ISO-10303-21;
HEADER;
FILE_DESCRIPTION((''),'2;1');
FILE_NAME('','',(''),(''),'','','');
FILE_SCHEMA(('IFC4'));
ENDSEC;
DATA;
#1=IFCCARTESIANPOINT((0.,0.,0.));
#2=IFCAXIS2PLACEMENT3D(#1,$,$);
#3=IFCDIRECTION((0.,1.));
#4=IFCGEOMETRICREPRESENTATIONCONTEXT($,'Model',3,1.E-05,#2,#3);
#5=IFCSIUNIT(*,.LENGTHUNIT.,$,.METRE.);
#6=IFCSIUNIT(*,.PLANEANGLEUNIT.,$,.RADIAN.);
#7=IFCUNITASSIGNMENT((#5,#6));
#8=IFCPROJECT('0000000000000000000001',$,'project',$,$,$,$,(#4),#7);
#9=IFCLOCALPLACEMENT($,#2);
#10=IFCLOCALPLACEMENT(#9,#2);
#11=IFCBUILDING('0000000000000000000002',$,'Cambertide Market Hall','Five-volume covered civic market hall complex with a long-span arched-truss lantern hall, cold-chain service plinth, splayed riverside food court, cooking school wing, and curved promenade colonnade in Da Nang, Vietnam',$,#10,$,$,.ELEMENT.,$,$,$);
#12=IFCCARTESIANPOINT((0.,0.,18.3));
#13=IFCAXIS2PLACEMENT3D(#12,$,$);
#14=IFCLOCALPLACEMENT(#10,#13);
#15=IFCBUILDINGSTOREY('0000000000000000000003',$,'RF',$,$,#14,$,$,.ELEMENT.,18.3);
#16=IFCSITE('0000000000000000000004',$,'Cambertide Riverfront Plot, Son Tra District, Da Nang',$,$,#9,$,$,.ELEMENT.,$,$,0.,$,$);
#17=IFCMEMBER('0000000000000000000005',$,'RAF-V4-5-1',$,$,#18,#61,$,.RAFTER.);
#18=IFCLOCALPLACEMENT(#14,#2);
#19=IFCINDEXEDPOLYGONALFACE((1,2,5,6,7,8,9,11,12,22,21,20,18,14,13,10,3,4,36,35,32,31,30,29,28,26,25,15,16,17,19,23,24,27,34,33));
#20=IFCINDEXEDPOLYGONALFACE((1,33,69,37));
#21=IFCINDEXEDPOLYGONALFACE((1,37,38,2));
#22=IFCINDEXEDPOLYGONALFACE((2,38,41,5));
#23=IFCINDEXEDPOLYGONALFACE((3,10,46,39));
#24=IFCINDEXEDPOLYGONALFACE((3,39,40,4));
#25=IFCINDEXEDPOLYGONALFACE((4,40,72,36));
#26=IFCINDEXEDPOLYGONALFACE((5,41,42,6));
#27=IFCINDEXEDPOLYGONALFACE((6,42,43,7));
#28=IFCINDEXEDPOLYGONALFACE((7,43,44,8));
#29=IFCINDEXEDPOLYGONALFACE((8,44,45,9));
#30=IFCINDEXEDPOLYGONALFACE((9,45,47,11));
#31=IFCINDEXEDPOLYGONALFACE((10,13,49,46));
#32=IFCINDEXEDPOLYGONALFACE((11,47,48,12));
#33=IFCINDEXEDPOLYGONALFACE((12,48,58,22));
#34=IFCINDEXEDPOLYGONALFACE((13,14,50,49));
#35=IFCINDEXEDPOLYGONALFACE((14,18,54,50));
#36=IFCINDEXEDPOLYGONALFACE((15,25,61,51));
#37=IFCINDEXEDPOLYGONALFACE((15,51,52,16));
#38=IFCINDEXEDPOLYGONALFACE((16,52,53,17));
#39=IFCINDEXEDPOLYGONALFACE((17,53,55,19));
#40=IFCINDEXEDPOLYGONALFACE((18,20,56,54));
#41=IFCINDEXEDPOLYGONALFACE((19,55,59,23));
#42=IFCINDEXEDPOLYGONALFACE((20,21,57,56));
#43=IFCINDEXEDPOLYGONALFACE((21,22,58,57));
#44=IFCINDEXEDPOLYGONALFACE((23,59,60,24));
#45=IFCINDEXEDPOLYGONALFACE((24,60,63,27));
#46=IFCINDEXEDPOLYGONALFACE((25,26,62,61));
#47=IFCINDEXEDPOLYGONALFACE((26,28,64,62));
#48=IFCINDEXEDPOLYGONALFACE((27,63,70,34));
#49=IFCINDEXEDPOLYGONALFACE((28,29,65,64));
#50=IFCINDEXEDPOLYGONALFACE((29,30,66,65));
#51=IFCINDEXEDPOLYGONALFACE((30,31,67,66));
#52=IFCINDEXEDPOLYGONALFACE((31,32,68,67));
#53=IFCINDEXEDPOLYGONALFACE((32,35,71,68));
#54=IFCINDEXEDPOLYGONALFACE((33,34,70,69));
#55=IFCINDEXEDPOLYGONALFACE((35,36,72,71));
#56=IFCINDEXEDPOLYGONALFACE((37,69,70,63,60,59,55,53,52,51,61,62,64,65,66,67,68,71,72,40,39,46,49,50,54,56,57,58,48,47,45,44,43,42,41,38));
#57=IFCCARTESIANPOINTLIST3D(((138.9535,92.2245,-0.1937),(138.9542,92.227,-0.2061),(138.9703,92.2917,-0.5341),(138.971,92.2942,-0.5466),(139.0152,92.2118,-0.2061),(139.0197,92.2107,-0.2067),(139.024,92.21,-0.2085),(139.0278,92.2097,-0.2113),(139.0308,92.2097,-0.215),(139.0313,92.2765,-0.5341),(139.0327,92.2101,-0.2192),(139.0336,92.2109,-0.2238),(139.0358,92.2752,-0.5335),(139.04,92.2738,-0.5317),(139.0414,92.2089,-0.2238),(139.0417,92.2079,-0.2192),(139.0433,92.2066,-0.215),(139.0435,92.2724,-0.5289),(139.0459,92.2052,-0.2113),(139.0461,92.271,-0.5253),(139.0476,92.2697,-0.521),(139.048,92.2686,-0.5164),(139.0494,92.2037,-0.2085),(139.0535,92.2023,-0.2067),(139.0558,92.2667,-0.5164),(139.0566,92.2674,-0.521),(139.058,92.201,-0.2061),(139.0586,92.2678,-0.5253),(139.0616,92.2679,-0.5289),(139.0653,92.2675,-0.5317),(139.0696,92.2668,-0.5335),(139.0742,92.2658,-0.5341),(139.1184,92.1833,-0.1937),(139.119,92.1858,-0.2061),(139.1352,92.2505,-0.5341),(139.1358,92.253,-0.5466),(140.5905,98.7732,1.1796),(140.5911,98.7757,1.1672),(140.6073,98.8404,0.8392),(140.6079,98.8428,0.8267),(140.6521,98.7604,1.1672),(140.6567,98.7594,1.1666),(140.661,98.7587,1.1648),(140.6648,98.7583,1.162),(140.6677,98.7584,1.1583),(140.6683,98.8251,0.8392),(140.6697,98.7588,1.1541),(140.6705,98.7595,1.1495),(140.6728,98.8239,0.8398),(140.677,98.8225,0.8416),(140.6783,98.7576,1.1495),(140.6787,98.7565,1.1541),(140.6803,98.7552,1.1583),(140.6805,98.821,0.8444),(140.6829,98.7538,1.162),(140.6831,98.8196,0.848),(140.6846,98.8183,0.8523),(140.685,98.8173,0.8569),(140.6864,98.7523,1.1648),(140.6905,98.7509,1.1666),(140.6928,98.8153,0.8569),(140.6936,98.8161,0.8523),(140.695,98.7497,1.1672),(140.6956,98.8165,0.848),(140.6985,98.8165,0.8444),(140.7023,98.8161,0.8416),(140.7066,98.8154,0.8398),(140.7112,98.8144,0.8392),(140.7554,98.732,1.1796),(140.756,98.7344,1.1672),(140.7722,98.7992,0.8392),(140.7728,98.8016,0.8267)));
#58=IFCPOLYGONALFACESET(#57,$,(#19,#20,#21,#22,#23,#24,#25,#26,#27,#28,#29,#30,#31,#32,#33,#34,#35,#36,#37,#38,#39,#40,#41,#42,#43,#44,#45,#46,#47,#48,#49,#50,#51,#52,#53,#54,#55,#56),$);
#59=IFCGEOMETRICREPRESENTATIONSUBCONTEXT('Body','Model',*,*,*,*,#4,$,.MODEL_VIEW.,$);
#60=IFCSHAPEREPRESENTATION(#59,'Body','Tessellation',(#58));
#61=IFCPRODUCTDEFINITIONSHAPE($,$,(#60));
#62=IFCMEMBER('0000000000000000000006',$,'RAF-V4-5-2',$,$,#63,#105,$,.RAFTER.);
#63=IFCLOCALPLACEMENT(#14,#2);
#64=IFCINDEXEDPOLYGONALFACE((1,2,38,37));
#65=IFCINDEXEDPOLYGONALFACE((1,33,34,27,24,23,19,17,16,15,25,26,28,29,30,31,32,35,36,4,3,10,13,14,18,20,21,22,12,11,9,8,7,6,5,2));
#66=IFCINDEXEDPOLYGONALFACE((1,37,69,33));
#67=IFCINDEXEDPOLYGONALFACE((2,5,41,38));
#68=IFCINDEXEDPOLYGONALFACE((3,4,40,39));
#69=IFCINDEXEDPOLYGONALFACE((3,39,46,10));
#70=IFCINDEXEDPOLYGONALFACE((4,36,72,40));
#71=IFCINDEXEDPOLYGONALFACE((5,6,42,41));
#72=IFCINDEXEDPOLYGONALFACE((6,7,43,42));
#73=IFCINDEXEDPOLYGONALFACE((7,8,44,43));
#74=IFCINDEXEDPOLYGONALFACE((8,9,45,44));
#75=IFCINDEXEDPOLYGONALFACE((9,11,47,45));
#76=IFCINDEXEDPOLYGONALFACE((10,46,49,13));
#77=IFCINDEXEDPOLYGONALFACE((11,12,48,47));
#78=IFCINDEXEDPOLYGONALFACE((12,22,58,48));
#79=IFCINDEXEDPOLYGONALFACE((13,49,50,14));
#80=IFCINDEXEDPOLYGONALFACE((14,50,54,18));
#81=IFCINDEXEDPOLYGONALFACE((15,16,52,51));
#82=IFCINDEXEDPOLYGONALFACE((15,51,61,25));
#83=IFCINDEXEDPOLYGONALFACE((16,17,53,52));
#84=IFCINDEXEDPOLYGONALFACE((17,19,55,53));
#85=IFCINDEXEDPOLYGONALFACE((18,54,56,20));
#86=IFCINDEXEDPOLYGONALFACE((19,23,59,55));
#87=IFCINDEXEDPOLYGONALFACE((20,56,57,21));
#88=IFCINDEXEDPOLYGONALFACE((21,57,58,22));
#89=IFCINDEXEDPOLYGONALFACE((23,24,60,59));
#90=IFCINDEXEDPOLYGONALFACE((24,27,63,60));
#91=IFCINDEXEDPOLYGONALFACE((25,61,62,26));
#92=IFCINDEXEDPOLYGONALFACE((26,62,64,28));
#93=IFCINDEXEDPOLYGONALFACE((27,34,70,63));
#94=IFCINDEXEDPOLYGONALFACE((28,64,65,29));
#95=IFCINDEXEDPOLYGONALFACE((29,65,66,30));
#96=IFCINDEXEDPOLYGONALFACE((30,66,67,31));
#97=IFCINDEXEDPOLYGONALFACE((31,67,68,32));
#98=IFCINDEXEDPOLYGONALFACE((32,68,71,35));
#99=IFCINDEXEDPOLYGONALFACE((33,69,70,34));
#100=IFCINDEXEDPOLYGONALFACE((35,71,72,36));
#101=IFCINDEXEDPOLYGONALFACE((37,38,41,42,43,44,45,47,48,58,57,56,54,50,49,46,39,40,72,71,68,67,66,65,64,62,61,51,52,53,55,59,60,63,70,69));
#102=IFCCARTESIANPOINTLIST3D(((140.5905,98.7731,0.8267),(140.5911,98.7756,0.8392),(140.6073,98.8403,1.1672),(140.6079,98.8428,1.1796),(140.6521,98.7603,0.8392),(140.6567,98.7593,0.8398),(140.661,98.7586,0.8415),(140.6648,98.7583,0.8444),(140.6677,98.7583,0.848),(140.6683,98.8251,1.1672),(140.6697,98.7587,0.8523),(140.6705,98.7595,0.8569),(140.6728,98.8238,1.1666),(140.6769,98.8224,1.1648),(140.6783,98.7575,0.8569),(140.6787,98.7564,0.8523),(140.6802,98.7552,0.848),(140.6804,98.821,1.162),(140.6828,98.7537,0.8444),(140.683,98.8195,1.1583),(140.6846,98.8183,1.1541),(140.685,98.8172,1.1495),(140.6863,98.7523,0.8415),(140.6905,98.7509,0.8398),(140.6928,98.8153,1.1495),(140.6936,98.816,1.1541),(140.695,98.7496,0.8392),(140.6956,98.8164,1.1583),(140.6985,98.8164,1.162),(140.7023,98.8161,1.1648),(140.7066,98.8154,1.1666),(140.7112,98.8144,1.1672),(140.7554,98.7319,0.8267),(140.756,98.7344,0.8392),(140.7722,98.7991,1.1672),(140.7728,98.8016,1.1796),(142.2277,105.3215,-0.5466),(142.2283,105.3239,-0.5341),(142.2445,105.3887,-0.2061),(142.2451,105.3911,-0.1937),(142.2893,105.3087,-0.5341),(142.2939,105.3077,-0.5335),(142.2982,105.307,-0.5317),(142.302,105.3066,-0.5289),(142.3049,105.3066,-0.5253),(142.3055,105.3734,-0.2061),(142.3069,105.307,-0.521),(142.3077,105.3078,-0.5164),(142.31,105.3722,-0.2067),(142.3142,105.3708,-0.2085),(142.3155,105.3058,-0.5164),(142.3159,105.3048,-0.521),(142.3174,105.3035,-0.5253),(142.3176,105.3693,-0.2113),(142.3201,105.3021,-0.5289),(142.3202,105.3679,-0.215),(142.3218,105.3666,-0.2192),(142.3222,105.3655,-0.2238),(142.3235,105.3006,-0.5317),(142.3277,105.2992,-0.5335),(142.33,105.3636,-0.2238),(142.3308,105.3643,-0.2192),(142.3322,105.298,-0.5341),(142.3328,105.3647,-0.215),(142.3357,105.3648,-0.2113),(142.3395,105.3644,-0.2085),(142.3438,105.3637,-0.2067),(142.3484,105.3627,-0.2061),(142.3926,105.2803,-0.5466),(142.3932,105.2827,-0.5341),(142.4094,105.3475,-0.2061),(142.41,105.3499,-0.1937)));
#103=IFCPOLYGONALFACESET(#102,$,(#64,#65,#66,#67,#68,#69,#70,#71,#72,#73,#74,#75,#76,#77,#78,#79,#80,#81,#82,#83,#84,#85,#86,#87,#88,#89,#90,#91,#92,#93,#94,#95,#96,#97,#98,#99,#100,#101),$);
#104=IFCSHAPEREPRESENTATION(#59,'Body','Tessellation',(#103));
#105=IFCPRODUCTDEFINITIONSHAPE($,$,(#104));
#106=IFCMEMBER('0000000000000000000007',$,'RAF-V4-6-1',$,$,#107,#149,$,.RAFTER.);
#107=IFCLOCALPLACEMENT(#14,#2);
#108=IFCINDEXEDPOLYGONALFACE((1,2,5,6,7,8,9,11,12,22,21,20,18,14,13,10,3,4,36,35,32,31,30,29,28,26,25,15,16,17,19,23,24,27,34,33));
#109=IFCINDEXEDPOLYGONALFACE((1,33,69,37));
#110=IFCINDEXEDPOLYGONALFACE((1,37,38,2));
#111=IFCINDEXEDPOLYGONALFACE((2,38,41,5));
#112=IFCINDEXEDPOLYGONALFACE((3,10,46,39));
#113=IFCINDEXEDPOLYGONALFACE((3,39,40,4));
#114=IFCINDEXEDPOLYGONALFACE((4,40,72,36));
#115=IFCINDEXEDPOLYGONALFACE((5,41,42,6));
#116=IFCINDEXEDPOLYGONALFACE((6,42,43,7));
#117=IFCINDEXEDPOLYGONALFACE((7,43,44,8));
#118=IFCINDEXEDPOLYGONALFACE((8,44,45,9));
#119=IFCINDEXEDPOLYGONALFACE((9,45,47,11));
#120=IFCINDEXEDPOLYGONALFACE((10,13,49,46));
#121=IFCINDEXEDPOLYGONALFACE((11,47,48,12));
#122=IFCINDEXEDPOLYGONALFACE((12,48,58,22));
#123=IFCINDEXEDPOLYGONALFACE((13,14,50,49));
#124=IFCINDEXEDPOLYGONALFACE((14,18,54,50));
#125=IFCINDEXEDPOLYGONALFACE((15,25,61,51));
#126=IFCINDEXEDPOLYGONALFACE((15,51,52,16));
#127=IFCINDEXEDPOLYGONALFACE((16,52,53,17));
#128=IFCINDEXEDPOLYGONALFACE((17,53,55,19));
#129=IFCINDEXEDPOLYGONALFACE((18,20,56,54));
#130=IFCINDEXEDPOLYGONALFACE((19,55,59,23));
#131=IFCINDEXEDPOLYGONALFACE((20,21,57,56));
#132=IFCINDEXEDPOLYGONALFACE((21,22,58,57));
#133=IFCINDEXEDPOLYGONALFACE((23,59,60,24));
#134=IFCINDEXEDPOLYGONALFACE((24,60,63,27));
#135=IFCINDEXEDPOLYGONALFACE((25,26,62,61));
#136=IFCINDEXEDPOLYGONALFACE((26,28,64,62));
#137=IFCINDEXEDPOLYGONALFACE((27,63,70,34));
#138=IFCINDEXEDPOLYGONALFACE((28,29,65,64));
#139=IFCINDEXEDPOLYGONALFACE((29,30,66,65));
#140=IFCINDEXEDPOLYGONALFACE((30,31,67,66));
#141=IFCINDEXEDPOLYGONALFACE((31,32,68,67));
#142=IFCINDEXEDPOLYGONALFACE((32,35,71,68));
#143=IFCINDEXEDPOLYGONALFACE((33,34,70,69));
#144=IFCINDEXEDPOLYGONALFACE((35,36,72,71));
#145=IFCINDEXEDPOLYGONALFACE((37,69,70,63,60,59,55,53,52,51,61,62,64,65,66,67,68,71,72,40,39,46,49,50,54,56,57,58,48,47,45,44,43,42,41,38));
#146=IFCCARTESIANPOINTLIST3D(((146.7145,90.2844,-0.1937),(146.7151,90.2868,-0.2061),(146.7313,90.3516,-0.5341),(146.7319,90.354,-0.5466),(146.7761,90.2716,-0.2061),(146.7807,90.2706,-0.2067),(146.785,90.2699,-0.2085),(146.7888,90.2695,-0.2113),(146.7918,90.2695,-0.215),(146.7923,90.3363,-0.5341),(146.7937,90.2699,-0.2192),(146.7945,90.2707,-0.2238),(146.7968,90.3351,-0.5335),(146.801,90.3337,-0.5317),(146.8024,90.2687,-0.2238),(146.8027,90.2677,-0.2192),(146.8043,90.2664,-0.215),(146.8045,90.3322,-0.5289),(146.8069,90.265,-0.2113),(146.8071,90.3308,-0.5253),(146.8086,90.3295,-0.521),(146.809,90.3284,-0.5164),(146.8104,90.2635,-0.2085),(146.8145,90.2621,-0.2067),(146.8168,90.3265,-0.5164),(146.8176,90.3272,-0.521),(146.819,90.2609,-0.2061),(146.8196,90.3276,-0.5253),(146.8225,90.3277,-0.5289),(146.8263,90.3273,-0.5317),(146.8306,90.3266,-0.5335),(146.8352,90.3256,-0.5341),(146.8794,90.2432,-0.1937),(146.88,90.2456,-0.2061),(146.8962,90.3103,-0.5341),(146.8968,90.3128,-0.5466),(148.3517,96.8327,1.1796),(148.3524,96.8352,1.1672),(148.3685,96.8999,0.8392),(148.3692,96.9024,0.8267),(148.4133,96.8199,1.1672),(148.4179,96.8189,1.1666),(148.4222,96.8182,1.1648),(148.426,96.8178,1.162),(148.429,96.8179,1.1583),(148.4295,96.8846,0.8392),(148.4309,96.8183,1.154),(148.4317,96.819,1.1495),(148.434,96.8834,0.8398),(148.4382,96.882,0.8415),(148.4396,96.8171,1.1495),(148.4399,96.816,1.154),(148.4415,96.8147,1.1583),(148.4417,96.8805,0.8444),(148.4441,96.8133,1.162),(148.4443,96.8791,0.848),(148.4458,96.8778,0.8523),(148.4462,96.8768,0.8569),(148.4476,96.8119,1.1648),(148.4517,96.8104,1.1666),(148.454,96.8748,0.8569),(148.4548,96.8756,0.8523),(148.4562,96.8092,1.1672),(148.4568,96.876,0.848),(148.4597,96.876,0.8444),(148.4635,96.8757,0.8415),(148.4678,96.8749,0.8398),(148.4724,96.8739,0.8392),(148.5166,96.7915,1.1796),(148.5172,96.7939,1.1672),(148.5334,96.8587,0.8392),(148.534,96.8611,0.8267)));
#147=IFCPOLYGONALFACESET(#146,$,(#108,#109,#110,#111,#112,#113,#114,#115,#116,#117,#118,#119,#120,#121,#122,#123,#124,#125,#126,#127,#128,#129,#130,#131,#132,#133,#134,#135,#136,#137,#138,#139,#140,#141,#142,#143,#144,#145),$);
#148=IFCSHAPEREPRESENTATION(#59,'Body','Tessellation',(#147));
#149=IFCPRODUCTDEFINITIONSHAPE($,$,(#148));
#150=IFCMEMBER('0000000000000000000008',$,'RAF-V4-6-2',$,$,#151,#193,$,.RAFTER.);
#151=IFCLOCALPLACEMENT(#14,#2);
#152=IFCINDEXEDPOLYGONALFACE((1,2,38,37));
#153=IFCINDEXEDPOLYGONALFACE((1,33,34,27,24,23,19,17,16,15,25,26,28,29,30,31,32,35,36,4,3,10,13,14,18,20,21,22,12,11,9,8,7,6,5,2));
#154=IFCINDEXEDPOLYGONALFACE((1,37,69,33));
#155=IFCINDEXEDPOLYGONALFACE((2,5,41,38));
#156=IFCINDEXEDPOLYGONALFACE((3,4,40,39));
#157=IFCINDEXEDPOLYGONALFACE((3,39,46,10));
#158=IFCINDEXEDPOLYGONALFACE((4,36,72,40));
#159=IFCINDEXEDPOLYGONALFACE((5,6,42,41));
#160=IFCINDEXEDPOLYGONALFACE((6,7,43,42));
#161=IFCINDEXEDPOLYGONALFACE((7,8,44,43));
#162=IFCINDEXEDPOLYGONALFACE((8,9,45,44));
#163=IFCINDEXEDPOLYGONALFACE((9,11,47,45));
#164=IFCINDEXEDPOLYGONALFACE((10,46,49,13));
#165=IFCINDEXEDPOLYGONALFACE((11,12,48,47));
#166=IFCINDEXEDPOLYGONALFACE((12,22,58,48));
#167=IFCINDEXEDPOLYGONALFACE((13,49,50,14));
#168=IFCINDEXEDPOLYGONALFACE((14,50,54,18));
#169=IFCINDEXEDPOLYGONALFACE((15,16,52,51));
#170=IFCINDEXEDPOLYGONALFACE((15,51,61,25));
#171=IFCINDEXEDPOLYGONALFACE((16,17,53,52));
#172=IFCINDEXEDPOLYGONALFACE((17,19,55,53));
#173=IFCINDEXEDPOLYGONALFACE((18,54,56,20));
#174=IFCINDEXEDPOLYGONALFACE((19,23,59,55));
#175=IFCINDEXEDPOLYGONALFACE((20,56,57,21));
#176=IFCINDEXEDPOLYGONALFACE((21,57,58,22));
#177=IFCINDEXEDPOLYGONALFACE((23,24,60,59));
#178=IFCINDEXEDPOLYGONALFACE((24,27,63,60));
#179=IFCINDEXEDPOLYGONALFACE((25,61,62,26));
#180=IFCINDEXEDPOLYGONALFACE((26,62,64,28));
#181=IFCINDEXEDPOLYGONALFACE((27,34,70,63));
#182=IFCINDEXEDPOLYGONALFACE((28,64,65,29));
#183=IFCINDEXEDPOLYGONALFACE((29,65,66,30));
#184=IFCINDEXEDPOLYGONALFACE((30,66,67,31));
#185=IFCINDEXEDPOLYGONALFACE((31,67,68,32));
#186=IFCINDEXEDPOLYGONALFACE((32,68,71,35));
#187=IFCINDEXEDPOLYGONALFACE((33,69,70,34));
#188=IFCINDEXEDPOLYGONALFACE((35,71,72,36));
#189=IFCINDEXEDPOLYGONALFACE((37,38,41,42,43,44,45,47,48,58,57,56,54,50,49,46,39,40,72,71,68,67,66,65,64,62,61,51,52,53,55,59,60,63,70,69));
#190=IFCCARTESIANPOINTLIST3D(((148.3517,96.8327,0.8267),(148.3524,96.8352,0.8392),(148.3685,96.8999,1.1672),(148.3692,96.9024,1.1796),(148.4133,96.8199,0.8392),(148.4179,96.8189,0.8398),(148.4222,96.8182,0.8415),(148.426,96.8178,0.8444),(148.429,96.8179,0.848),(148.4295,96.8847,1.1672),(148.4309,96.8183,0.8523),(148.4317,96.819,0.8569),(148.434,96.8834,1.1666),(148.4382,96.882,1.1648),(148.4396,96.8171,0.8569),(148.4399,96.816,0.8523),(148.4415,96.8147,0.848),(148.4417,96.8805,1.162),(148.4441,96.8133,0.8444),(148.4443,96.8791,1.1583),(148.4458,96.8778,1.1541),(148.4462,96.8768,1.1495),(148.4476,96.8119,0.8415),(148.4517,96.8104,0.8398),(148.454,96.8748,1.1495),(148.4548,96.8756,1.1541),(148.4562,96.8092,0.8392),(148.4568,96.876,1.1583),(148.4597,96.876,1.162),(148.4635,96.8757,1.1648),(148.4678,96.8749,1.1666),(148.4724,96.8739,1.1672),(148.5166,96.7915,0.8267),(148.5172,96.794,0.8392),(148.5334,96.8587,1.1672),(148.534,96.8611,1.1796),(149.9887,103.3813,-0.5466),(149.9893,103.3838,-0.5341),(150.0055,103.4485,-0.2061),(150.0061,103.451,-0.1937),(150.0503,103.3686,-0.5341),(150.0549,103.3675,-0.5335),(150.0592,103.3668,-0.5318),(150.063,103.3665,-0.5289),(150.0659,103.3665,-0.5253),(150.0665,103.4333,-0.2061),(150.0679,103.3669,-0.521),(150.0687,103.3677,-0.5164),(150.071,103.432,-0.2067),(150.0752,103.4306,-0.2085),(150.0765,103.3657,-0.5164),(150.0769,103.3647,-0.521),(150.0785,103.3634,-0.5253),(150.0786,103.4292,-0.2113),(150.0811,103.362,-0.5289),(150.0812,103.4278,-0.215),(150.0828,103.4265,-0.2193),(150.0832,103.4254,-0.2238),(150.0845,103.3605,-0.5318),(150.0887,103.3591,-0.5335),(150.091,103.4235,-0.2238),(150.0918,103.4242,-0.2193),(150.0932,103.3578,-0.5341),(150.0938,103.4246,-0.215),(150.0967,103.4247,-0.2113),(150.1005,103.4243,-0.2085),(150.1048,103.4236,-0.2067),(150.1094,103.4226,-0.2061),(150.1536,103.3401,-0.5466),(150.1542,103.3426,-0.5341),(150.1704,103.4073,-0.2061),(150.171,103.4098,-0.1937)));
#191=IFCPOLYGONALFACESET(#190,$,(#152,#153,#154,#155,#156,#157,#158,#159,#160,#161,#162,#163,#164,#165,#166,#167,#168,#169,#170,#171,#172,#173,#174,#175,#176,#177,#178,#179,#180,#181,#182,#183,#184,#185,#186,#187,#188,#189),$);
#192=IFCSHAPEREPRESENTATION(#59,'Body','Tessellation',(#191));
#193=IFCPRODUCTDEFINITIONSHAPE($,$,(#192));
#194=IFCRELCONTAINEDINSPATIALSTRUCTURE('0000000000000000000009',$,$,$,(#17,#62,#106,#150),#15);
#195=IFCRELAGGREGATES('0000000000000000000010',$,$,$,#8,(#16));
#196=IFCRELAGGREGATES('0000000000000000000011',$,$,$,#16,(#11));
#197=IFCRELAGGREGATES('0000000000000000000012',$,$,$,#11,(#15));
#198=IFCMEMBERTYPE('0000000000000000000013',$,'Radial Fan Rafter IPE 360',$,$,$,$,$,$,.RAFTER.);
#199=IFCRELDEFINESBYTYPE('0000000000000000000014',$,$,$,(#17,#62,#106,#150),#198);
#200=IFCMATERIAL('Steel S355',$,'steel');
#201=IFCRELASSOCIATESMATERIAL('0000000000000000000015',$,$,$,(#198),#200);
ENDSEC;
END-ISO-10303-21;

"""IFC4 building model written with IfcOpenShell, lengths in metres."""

from ifc_helpers import new_model, si_unit, direction, frame, origin, origin_2d, place, context, subcontext, project, spatial, i_section, extrude, material, material_profile, profile_set, type_object, element, save


model = new_model("IFC4")

# Units and contexts
model_context = context("Model", 3, precision=1e-05, world=origin(), true_north=direction((0.0, 1.0)))
body_context = subcontext(model_context, "Body", "Model", "MODEL_VIEW")
ifc_project = project(units=[si_unit("LENGTHUNIT", "METRE"), si_unit("PLANEANGLEUNIT", "RADIAN")], contexts=[model_context])

# Site, building, storey
site_placement = place(None, origin())
site = spatial("IfcSite", under=ifc_project, at=site_placement, Name="Cambertide Riverfront Plot, Son Tra District, Da Nang", CompositionType="ELEMENT", RefElevation=0.0)
building_placement = place(site_placement, origin())
building = spatial("IfcBuilding", under=site, at=building_placement, Name="Cambertide Market Hall", Description="Five-volume covered civic market hall complex with a long-span arched-truss lantern hall, cold-chain service plinth, splayed riverside food court, cooking school wing, and curved promenade colonnade in Da Nang, Vietnam", CompositionType="ELEMENT")
storey_placement = place(building_placement, frame((0.0, 0.0, 18.3)))
storey = spatial("IfcBuildingStorey", under=building, at=storey_placement, Name="RF", CompositionType="ELEMENT", Elevation=18.3)

# Members
ifc_material_1 = material(Name="Steel S355", Category="steel")
ifc_material_profile_1 = material_profile(ifc_material_1, i_section(OverallWidth=0.1699, OverallDepth=0.3601, WebThickness=0.0081, FlangeThickness=0.0127, FilletRadius=0.0181, at=origin_2d()), Name="IPE 360")
ifc_profile_set_1 = profile_set([ifc_material_profile_1], Name="Steel S355")
member_type_1 = type_object("IfcMemberType", Name="Radial Fan Rafter IPE 360", PredefinedType="RAFTER", material=ifc_profile_set_1)
member_1_placement = place(storey_placement, frame((139.0447, 92.2388, -0.3701), z_axis=(0.237642, 0.950674, 0.199364), x_axis=(-0.970149, 0.24251, 0.0)))
element("IfcMember", 1, at=member_1_placement, inside=storey, type_object=member_type_1, Name="RAF-V4-5-1", PredefinedType="RAFTER", context=body_context, shape_type="SweptSolid", body=[
    extrude(i_section(OverallWidth=0.1699, OverallDepth=0.3601, WebThickness=0.0081, FlangeThickness=0.0127, FilletRadius=0.0181, at=origin_2d()), origin(), (0.0, 0.0, 1.0), 6.8884),
])
for number, where, z_axis, x_axis, name in (
    (2, (140.6816, 98.7874, 1.0032), (0.237683, 0.950662, -0.199369), (-0.970138, 0.242553, 0.0), "RAF-V4-5-2"),
    (3, (146.8057, 90.2986, -0.3701), (0.237683, 0.950662, 0.199369), (-0.970138, 0.242553, 0.0), "RAF-V4-6-1"),
):
    element("IfcMember", number, at=place(storey_placement, frame(where, z_axis=z_axis, x_axis=x_axis)), inside=storey, type_object=member_type_1, Name=name, PredefinedType="RAFTER", context=body_context, shape_type="SweptSolid", body=[
        extrude(i_section(OverallWidth=0.1699, OverallDepth=0.3601, WebThickness=0.0081, FlangeThickness=0.0127, FilletRadius=0.0181, at=origin_2d()), origin(), (0.0, 0.0, 1.0), 6.8882),
    ])
member_2_placement = place(storey_placement, frame((148.4429, 96.8469, 1.0032), z_axis=(0.237642, 0.950674, -0.199364), x_axis=(-0.970149, 0.24251, 0.0)))
element("IfcMember", 4, at=member_2_placement, inside=storey, type_object=member_type_1, Name="RAF-V4-6-2", PredefinedType="RAFTER", context=body_context, shape_type="SweptSolid", body=[
    extrude(i_section(OverallWidth=0.1699, OverallDepth=0.3601, WebThickness=0.0081, FlangeThickness=0.0127, FilletRadius=0.0181, at=origin_2d()), origin(), (0.0, 0.0, 1.0), 6.8884),
])

save(model, "model.ifc")
